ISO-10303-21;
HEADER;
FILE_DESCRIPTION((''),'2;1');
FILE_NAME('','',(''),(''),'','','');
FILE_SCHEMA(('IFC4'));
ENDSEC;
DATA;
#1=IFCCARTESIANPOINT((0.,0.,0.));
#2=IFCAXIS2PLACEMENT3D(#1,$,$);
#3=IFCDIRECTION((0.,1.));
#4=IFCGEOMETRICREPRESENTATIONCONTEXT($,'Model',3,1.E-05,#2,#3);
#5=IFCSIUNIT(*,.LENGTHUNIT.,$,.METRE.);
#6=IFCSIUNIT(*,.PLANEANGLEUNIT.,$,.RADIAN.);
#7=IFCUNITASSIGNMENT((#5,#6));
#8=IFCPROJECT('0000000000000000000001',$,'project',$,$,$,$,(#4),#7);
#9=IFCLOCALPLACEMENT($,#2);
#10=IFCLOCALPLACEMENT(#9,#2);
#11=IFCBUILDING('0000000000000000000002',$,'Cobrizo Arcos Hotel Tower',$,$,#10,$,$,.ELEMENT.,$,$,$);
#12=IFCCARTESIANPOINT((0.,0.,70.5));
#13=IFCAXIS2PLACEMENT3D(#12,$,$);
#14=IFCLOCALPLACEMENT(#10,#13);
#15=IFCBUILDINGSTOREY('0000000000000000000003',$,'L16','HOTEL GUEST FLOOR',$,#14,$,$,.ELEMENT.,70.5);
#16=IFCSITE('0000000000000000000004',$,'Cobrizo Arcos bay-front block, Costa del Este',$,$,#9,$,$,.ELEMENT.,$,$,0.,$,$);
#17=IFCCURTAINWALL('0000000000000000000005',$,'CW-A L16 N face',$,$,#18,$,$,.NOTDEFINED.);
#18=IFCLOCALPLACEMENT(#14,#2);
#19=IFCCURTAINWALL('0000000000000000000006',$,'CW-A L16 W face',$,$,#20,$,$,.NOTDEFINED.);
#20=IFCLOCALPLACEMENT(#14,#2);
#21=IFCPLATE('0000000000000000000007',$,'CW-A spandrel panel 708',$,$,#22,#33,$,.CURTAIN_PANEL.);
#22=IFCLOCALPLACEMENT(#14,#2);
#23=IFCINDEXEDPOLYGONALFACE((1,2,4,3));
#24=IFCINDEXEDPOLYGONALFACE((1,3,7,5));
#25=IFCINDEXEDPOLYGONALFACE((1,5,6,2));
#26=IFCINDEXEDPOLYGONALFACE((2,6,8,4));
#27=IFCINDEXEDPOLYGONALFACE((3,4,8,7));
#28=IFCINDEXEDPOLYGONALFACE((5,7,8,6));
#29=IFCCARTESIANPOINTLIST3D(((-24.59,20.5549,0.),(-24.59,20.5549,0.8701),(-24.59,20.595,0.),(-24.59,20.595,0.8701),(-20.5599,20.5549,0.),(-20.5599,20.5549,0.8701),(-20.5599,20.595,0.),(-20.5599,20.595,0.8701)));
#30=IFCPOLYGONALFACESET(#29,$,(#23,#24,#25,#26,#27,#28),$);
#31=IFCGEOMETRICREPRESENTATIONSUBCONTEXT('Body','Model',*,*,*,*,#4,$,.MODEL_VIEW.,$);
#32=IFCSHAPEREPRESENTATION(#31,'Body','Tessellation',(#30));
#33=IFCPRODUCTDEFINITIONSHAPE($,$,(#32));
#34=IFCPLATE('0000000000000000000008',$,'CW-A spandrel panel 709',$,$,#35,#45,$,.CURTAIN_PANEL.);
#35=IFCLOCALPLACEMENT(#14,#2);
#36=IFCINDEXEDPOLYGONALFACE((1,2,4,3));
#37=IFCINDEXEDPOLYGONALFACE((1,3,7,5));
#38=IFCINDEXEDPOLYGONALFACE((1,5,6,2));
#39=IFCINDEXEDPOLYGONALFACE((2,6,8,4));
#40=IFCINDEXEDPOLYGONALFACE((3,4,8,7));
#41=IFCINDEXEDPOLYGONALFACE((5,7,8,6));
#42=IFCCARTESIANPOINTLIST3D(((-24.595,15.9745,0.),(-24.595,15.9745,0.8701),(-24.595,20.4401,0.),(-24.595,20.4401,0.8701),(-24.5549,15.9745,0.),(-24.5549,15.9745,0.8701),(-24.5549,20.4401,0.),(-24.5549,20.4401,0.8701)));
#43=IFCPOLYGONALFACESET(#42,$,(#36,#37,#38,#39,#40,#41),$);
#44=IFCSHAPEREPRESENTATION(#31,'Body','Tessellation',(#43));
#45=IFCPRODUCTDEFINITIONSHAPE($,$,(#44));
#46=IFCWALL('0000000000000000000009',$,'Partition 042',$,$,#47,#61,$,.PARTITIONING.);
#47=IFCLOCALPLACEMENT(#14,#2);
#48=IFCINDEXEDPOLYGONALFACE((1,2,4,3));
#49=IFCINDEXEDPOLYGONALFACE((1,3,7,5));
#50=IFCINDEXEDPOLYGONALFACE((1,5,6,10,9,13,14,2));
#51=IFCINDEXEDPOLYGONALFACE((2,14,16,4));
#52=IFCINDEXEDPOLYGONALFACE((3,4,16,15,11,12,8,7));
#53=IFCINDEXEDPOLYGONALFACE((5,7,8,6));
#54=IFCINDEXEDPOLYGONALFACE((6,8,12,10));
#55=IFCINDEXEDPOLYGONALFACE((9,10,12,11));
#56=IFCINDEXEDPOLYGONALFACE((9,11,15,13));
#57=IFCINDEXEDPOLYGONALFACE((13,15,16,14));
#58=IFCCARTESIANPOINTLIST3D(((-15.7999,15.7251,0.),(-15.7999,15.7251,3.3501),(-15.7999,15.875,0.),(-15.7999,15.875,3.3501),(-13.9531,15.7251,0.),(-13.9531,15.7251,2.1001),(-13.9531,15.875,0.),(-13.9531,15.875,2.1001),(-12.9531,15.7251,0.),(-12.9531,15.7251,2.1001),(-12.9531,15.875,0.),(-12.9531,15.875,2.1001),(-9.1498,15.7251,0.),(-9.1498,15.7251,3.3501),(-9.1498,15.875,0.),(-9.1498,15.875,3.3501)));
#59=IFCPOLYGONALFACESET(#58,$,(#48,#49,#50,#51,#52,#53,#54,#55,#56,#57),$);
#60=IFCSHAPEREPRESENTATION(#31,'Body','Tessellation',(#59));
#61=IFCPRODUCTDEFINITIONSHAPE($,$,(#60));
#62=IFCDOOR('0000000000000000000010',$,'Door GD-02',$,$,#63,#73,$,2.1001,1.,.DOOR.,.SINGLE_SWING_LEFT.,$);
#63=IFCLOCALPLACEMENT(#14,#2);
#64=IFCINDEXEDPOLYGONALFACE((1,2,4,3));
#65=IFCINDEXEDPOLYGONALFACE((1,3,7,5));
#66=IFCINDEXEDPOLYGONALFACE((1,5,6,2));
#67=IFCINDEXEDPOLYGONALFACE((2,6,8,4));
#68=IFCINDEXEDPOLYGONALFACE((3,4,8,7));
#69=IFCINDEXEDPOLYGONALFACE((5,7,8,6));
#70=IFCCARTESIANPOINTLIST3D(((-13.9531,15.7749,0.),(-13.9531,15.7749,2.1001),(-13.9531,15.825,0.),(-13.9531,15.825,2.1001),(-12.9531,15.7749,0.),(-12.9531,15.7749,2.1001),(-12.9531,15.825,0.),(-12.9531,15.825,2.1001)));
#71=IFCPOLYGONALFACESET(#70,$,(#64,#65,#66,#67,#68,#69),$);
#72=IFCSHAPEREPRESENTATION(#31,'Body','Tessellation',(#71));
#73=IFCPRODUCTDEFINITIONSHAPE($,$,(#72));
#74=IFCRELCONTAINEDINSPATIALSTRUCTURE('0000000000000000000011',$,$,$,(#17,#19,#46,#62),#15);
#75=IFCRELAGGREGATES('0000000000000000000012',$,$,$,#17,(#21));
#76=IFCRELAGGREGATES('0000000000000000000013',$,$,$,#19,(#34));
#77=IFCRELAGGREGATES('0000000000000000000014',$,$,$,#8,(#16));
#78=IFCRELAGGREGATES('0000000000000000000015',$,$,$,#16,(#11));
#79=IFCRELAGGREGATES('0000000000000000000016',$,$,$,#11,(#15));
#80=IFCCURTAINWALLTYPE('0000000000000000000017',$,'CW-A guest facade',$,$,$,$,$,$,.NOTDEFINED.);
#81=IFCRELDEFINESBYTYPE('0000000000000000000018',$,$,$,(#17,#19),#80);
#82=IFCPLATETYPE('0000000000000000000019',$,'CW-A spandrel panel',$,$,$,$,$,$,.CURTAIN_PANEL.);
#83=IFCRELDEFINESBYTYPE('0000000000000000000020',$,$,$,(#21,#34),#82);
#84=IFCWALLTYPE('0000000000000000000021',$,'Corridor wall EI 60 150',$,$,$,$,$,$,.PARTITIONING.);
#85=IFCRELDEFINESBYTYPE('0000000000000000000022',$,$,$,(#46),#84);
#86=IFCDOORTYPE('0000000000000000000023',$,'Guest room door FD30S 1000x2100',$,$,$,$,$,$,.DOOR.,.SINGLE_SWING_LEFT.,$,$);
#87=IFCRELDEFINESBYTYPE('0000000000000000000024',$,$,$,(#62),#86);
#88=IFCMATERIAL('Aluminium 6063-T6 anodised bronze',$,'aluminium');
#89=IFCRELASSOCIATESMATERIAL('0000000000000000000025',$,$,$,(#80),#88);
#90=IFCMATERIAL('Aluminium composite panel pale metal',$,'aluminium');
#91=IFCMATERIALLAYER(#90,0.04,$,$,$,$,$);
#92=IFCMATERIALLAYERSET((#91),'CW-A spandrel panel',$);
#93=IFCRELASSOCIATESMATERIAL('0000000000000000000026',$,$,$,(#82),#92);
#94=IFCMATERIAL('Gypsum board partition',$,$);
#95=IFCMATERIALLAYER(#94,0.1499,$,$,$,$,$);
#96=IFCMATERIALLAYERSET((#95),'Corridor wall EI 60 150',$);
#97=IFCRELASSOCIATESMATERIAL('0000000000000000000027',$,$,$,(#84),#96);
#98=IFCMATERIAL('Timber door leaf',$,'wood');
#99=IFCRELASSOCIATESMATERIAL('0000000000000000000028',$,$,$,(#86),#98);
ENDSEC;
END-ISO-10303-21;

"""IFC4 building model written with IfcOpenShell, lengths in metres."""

from ifc_helpers import new_model, si_unit, direction, frame, frame_2d, origin, origin_2d, place, context, subcontext, project, spatial, rectangle, extrude, material, layer, layer_set, type_object, element, fill, aggregate, save


model = new_model("IFC4")

# Units and contexts
model_context = context("Model", 3, precision=1e-05, world=origin(), true_north=direction((0.0, 1.0)))
body_context = subcontext(model_context, "Body", "Model", "MODEL_VIEW")
ifc_project = project(units=[si_unit("LENGTHUNIT", "METRE"), si_unit("PLANEANGLEUNIT", "RADIAN")], contexts=[model_context])

# Site, building, storey
site_placement = place(None, origin())
site = spatial("IfcSite", under=ifc_project, at=site_placement, Name="Cobrizo Arcos bay-front block, Costa del Este", CompositionType="ELEMENT", RefElevation=0.0)
building_placement = place(site_placement, origin())
building = spatial("IfcBuilding", under=site, at=building_placement, Name="Cobrizo Arcos Hotel Tower", CompositionType="ELEMENT")
storey_placement = place(building_placement, frame((0.0, 0.0, 70.5)))
storey = spatial("IfcBuildingStorey", under=building, at=storey_placement, Name="L16", Description="HOTEL GUEST FLOOR", CompositionType="ELEMENT", Elevation=70.5)

# Curtain walls
ifc_material_1 = material(Name="Aluminium 6063-T6 anodised bronze", Category="aluminium")
curtain_wall_type = type_object("IfcCurtainWallType", Name="CW-A guest facade", PredefinedType="NOTDEFINED", material=ifc_material_1)
curtain_wall_1_placement = place(storey_placement, origin())
curtain_wall_1 = element("IfcCurtainWall", 1, at=curtain_wall_1_placement, inside=storey, type_object=curtain_wall_type, Name="CW-A L16 N face", PredefinedType="NOTDEFINED")
curtain_wall_2_placement = place(storey_placement, origin())
curtain_wall_2 = element("IfcCurtainWall", 2, at=curtain_wall_2_placement, inside=storey, type_object=curtain_wall_type, Name="CW-A L16 W face", PredefinedType="NOTDEFINED")

# Plates
ifc_material_2 = material(Name="Aluminium composite panel pale metal", Category="aluminium")
ifc_layer_1 = layer(ifc_material_2, 0.04)
ifc_layer_set_1 = layer_set([ifc_layer_1], Name="CW-A spandrel panel")
plate_type_1 = type_object("IfcPlateType", Name="CW-A spandrel panel", PredefinedType="CURTAIN_PANEL", material=ifc_layer_set_1)
plate_1_placement = place(storey_placement, frame((-22.575, 20.575, 0.0), z_axis=(0.0, 0.0, 1.0), x_axis=(-1.0, 0.0, 0.0)))
plate_1 = element("IfcPlate", 3, at=plate_1_placement, type_object=plate_type_1, Name="CW-A spandrel panel 708", PredefinedType="CURTAIN_PANEL", context=body_context, shape_type="SweptSolid", body=[
    extrude(rectangle(XDim=4.03, YDim=0.04, at=origin_2d()), origin(), (0.0, 0.0, 1.0), 0.8701),
])
aggregate(curtain_wall_1, [plate_1])
plate_2_placement = place(storey_placement, frame((-24.575, 18.2073, 0.0), z_axis=(0.0, 0.0, 1.0), x_axis=(0.0, -1.0, 0.0)))
plate_2 = element("IfcPlate", 4, at=plate_2_placement, type_object=plate_type_1, Name="CW-A spandrel panel 709", PredefinedType="CURTAIN_PANEL", context=body_context, shape_type="SweptSolid", body=[
    extrude(rectangle(XDim=4.4656, YDim=0.04, at=origin_2d()), origin(), (0.0, 0.0, 1.0), 0.8701),
])
aggregate(curtain_wall_2, [plate_2])

# Wall, opening, door
ifc_material_3 = material(Name="Gypsum board partition")
ifc_layer_2 = layer(ifc_material_3, 0.1499)
ifc_layer_set_2 = layer_set([ifc_layer_2], Name="Corridor wall EI 60 150")
wall_type = type_object("IfcWallType", Name="Corridor wall EI 60 150", PredefinedType="PARTITIONING", material=ifc_layer_set_2)
wall_placement = place(storey_placement, frame((-15.8, 15.8, 0.0), z_axis=(0.0, 0.0, 1.0), x_axis=(1.0, 0.0, 0.0)))
wall = element("IfcWall", 5, at=wall_placement, inside=storey, type_object=wall_type, Name="Partition 042", PredefinedType="PARTITIONING", context=body_context, shape_type="SweptSolid", body=[
    extrude(rectangle(XDim=6.6501, YDim=0.1499, at=frame_2d((3.3252, 0.0))), origin(), (0.0, 0.0, 1.0), 3.3501),
])
opening_placement = place(wall_placement, frame((1.8469, 0.0, 0.0)))
opening = element("IfcOpeningElement", 6, at=opening_placement, cuts=wall, PredefinedType="OPENING", context=body_context, shape_type="SweptSolid", body=[
    extrude(rectangle(XDim=1.0, YDim=2.1001, at=frame_2d((0.5, 1.05))), frame((0.0, 0.0869, 0.0), z_axis=(0.0, -1.0, 0.0), x_axis=(1.0, 0.0, 0.0)), (0.0, 0.0, 1.0), 0.1738),
])
ifc_material_4 = material(Name="Timber door leaf", Category="wood")
door_type = type_object("IfcDoorType", Name="Guest room door FD30S 1000x2100", OperationType="SINGLE_SWING_LEFT", PredefinedType="DOOR", material=ifc_material_4)
door_placement = place(opening_placement, origin())
door = element("IfcDoor", 7, at=door_placement, inside=storey, type_object=door_type, Name="Door GD-02", OperationType="SINGLE_SWING_LEFT", OverallHeight=2.1001, OverallWidth=1.0, PredefinedType="DOOR", context=body_context, shape_type="SweptSolid", body=[
    extrude(rectangle(XDim=1.0, YDim=2.1001, at=frame_2d((0.5, 1.05))), frame((0.0, 0.0249, 0.0), z_axis=(0.0, -1.0, 0.0), x_axis=(1.0, 0.0, 0.0)), (0.0, 0.0, 1.0), 0.05),
])
fill(opening, door)

save(model, "model.ifc")
